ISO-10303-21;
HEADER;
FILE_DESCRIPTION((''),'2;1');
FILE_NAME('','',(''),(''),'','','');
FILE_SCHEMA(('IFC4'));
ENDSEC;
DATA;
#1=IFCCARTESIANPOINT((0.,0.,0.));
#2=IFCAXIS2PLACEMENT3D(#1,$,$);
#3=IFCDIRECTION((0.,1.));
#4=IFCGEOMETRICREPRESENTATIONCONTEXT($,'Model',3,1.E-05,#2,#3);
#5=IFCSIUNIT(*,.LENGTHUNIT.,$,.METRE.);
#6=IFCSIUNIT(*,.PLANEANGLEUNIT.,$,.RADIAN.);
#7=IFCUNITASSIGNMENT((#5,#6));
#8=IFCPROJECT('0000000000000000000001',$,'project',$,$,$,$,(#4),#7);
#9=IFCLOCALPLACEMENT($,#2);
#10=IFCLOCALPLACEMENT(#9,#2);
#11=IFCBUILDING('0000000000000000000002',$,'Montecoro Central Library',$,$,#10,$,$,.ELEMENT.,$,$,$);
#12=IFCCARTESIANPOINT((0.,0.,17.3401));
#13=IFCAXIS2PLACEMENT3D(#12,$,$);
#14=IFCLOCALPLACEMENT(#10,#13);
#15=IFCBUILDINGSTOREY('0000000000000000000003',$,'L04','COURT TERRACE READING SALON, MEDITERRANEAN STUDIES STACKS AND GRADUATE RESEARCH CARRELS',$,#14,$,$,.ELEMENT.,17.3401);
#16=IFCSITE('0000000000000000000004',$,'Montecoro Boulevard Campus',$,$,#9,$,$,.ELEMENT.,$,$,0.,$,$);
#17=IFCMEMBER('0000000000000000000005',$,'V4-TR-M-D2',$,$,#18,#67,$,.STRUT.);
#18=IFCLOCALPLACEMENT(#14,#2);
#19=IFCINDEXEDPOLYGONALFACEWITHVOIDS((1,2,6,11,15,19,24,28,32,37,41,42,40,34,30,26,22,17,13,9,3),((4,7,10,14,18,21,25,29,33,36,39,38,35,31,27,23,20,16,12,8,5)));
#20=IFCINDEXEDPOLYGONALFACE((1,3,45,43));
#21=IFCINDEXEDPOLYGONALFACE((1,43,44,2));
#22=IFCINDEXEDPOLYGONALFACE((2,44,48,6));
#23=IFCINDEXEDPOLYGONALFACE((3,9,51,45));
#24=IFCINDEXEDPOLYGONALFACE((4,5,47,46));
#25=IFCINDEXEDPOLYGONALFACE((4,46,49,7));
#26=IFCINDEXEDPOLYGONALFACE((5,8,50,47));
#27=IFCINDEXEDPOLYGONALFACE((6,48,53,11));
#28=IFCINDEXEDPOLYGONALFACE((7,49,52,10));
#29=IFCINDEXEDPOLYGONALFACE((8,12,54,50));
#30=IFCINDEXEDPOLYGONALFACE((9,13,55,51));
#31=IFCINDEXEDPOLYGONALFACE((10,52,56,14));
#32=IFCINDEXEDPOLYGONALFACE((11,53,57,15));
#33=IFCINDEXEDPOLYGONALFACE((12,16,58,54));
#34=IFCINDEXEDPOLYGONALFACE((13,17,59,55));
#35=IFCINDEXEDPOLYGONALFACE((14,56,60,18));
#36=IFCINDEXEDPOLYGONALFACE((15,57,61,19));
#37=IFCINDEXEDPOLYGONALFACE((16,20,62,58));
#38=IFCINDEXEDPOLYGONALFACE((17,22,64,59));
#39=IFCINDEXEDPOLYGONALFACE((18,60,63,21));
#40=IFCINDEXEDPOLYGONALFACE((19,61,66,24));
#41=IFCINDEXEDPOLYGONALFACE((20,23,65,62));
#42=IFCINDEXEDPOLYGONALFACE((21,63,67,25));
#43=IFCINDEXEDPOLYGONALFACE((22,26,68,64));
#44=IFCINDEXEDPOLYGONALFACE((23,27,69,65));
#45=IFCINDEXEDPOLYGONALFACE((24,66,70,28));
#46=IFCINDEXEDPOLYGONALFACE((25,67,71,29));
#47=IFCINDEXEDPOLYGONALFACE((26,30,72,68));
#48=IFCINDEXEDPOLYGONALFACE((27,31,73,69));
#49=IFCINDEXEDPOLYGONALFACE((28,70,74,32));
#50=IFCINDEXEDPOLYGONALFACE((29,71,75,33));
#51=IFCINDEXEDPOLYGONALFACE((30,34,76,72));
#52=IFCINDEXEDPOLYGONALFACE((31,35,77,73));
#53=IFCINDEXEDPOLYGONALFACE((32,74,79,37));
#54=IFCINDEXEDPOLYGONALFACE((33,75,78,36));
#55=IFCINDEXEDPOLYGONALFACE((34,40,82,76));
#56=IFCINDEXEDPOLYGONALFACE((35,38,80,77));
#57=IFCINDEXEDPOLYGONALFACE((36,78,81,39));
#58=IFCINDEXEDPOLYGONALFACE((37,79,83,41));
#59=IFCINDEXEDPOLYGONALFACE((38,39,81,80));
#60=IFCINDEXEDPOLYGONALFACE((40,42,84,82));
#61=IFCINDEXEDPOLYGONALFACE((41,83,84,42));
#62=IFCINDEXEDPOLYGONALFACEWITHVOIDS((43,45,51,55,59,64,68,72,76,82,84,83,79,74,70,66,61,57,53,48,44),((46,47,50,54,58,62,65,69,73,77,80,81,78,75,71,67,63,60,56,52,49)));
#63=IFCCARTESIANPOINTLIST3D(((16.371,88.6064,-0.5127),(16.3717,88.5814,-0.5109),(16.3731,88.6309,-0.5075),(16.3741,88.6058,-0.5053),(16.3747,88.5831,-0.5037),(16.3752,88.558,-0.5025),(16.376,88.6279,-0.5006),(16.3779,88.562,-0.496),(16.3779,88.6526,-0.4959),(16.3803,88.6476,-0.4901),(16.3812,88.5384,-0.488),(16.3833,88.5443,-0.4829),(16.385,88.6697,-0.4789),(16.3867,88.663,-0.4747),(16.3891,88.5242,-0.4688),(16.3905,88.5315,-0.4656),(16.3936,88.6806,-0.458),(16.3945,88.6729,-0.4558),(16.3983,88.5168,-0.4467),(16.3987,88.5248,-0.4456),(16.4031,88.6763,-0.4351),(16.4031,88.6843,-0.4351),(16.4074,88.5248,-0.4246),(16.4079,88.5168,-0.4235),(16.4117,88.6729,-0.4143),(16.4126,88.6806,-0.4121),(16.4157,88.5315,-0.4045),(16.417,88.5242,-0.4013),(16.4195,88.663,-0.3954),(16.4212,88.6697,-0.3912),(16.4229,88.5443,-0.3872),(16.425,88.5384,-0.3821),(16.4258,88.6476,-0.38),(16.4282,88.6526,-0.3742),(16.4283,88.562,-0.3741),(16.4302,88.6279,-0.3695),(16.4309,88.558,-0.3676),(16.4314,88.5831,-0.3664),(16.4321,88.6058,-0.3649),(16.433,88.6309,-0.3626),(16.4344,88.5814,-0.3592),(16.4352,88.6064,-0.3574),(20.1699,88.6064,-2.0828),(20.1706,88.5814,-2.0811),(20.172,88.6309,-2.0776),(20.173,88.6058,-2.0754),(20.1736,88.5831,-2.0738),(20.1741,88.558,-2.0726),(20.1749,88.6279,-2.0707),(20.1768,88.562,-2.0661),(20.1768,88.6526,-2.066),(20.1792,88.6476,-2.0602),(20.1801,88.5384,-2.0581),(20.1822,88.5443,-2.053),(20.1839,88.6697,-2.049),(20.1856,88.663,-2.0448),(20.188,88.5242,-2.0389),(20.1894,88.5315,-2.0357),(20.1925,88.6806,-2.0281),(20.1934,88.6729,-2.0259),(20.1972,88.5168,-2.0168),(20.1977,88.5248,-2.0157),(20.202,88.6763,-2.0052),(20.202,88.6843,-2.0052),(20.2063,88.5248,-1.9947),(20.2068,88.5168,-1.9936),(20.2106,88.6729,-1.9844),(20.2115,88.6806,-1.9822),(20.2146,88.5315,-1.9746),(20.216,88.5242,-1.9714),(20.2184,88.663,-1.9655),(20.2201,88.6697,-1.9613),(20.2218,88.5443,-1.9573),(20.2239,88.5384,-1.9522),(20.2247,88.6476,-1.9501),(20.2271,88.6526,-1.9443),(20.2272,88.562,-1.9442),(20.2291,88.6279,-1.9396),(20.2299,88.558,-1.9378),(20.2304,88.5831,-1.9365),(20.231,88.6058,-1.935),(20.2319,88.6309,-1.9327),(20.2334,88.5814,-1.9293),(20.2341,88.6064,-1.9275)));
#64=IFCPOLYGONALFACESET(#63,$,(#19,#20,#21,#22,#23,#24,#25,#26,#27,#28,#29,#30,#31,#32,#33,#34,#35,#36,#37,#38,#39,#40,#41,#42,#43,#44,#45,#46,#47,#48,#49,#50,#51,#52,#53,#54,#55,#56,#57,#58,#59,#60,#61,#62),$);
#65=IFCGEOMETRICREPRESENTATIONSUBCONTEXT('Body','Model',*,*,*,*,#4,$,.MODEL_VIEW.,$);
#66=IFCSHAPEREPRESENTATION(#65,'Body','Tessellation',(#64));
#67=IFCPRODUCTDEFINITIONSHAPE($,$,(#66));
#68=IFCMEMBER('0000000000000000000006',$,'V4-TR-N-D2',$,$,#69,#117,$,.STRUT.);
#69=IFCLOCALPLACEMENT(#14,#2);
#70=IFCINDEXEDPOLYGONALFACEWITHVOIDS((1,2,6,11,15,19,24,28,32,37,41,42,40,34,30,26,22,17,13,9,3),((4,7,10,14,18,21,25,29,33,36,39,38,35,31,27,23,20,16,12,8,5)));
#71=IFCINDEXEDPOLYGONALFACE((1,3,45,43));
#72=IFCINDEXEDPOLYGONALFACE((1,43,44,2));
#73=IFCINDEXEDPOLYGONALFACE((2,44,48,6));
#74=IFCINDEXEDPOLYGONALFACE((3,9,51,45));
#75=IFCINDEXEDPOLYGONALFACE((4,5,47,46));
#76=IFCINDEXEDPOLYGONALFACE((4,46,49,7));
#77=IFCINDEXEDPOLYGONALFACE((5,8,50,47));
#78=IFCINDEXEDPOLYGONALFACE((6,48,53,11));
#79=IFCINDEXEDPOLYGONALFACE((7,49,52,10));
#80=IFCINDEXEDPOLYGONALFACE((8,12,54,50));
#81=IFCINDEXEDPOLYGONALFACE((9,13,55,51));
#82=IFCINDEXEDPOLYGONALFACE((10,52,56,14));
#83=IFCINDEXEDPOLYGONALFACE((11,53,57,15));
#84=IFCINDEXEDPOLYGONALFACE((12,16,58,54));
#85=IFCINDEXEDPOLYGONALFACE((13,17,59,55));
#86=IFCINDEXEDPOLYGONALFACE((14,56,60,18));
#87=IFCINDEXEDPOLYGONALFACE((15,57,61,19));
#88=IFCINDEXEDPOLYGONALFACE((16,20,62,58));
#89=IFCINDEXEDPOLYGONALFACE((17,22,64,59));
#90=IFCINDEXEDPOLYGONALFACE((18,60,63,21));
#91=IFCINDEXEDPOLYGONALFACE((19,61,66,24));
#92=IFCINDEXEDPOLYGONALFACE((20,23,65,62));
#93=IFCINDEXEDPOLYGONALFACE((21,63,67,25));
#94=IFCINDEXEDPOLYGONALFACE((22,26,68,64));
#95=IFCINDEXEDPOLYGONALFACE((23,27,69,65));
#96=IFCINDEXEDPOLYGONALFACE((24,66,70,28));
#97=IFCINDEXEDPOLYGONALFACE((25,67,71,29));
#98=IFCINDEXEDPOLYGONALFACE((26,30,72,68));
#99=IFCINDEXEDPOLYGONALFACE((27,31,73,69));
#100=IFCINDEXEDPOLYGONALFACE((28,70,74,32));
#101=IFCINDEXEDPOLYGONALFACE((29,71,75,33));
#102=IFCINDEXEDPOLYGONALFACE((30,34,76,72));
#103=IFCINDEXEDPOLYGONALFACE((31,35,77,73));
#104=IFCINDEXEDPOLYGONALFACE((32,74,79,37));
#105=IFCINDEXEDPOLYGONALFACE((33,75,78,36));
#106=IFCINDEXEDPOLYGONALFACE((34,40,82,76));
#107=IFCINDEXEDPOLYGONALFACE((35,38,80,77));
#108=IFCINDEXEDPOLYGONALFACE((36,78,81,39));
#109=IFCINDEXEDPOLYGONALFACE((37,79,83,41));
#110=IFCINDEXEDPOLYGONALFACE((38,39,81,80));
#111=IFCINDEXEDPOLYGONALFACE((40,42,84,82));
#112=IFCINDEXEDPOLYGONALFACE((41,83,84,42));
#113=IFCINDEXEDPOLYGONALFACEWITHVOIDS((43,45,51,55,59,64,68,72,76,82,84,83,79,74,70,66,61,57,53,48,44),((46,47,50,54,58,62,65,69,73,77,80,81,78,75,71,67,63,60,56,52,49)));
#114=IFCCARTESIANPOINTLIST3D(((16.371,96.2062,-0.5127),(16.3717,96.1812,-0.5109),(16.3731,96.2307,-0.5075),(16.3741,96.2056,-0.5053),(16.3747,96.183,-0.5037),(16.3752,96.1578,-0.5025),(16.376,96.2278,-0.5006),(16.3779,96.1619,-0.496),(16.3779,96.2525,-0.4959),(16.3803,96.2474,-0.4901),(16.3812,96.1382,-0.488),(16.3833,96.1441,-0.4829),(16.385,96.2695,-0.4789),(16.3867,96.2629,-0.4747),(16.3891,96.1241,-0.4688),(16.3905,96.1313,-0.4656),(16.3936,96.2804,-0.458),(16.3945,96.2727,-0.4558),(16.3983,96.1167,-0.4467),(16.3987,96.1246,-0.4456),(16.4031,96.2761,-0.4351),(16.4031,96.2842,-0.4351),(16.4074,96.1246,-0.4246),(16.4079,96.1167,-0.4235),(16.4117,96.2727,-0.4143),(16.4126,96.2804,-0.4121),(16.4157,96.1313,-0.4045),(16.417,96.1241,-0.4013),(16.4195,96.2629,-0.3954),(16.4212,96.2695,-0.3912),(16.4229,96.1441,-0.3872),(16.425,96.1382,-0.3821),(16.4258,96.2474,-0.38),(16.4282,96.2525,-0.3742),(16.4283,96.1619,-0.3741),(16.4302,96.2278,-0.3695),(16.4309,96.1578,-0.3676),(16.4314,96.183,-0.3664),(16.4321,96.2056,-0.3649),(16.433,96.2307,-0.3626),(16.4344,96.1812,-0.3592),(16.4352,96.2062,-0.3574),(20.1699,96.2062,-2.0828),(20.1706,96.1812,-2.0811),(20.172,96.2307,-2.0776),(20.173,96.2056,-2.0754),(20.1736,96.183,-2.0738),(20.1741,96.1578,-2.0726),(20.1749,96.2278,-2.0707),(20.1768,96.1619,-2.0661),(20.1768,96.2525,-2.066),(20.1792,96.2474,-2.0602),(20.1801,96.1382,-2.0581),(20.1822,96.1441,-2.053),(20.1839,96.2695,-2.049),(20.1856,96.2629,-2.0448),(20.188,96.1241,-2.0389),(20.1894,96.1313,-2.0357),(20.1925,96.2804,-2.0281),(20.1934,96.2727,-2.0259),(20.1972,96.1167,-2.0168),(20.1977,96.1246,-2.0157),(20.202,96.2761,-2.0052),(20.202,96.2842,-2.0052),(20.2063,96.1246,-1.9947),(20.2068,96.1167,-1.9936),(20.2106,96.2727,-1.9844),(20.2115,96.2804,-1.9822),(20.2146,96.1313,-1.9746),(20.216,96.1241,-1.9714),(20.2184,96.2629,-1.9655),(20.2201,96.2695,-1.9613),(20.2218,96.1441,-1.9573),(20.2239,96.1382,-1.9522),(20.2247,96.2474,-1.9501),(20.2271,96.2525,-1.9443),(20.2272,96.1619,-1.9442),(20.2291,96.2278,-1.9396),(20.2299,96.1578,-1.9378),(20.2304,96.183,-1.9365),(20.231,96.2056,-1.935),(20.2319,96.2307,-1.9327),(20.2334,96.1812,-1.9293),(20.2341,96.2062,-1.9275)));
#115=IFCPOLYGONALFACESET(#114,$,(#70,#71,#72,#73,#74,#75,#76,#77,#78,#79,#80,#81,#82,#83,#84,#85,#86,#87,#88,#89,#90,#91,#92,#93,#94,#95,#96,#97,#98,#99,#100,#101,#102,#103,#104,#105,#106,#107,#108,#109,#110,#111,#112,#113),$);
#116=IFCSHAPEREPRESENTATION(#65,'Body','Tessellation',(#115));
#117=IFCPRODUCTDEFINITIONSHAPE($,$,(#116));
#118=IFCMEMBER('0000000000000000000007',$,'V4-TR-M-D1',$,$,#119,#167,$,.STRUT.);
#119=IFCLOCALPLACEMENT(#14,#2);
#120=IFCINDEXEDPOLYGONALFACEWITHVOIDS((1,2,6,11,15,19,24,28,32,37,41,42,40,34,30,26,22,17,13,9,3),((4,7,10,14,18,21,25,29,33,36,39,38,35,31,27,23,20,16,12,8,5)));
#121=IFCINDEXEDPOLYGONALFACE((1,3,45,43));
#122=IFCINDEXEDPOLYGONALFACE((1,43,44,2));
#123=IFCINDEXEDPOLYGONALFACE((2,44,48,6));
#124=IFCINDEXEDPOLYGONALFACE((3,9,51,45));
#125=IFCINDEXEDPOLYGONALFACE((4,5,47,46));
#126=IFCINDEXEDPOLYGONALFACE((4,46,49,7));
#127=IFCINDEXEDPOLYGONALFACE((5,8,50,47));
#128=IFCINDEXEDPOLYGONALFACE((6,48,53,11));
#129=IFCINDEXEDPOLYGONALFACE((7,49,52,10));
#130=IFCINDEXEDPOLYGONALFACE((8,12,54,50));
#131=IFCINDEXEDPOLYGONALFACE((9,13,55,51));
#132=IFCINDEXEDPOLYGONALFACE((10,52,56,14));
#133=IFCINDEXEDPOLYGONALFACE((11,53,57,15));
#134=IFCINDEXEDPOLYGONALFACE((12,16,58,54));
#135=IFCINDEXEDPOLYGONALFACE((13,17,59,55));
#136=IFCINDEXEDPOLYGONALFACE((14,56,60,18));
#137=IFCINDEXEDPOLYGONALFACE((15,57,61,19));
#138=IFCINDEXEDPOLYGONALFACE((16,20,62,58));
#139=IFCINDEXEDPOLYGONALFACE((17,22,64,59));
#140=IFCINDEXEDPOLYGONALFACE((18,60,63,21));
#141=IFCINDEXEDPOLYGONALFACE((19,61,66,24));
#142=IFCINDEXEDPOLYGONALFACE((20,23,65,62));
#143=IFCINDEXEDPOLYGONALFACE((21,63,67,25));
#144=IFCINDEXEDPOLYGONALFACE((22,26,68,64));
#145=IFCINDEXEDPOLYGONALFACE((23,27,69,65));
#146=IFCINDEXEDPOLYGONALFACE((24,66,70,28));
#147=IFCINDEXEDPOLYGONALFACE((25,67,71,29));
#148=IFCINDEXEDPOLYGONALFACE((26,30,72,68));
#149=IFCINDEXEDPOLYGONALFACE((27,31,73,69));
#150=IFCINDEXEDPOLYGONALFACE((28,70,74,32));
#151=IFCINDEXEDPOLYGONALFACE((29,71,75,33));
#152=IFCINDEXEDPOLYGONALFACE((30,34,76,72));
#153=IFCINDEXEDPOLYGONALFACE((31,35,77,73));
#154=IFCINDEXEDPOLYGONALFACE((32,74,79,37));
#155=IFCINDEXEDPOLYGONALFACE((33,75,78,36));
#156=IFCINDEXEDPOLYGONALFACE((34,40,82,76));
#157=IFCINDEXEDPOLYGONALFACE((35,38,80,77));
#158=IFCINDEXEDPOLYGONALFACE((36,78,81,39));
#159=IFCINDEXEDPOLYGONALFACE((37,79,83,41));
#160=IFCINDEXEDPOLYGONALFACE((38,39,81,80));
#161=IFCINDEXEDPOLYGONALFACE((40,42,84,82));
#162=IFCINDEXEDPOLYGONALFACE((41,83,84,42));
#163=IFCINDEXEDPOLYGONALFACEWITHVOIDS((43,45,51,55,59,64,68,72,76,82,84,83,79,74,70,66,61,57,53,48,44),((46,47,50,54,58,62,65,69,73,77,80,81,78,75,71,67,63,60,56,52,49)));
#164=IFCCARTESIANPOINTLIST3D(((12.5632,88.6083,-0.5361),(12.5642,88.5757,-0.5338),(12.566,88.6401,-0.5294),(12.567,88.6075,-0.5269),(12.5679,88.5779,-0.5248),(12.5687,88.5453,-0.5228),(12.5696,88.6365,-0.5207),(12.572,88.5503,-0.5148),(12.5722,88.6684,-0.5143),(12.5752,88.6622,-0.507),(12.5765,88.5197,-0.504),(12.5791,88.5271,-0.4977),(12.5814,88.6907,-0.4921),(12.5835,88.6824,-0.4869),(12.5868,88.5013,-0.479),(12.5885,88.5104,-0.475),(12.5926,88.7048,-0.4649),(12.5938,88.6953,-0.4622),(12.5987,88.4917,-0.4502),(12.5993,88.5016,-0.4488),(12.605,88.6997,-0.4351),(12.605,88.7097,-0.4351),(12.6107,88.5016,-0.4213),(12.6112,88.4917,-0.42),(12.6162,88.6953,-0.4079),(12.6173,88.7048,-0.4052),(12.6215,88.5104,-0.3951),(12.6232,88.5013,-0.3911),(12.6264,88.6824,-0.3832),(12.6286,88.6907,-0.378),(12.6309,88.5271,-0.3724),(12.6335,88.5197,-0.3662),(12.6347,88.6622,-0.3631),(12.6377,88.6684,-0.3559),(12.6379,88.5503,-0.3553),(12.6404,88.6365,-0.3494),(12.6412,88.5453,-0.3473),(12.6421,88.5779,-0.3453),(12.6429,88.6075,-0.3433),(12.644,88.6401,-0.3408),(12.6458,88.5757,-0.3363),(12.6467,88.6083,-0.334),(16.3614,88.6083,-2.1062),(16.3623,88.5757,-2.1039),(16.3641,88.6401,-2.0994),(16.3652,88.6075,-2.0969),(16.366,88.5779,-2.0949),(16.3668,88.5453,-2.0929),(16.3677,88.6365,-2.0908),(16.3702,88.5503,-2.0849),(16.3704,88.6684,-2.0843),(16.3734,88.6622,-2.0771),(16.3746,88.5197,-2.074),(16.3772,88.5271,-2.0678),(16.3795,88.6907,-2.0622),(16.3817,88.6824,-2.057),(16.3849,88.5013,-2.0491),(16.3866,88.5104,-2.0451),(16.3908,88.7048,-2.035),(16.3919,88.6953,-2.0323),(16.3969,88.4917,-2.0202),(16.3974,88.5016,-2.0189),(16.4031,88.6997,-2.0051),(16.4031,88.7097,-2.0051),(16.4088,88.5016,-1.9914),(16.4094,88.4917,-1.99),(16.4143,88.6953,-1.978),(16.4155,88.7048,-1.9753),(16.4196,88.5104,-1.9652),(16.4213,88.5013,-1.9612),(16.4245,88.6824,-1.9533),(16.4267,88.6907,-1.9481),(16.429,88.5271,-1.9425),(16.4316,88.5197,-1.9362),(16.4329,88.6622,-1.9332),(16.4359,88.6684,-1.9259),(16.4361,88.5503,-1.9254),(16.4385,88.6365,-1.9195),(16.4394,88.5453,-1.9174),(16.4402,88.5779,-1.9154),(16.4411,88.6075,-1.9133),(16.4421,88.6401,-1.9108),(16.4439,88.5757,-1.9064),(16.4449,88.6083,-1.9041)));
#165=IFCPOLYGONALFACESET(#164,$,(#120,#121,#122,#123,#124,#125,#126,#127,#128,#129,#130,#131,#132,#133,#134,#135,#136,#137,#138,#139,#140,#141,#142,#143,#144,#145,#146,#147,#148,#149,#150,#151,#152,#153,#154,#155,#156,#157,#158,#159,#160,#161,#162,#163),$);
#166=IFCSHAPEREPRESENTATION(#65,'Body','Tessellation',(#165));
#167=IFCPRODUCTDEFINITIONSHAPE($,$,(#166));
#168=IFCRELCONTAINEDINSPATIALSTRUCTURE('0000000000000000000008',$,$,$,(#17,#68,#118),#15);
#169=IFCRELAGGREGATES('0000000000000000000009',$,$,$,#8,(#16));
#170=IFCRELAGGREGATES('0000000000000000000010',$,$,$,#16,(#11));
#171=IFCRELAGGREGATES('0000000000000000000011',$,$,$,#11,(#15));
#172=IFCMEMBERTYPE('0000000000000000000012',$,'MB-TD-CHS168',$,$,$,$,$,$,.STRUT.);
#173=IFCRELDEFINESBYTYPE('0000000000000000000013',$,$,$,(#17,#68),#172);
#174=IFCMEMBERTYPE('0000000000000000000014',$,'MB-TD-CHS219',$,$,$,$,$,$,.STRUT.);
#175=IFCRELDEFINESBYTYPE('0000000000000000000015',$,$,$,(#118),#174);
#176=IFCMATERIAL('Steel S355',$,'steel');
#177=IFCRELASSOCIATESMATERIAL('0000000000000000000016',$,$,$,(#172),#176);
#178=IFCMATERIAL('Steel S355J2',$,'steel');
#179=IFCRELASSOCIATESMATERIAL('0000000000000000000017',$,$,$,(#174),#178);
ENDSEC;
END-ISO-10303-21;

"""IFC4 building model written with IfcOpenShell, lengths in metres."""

from ifc_helpers import new_model, si_unit, direction, frame, origin, origin_2d, place, context, subcontext, project, spatial, hollow_circle, extrude, material, material_profile, profile_set, type_object, element, save


model = new_model("IFC4")

# Units and contexts
model_context = context("Model", 3, precision=1e-05, world=origin(), true_north=direction((0.0, 1.0)))
body_context = subcontext(model_context, "Body", "Model", "MODEL_VIEW")
ifc_project = project(units=[si_unit("LENGTHUNIT", "METRE"), si_unit("PLANEANGLEUNIT", "RADIAN")], contexts=[model_context])

# Site, building, storey
site_placement = place(None, origin())
site = spatial("IfcSite", under=ifc_project, at=site_placement, Name="Montecoro Boulevard Campus", CompositionType="ELEMENT", RefElevation=0.0)
building_placement = place(site_placement, origin())
building = spatial("IfcBuilding", under=site, at=building_placement, Name="Montecoro Central Library", CompositionType="ELEMENT")
storey_placement = place(building_placement, frame((0.0, 0.0, 17.3401)))
storey = spatial("IfcBuildingStorey", under=building, at=storey_placement, Name="L04", Description="COURT TERRACE READING SALON, MEDITERRANEAN STUDIES STACKS AND GRADUATE RESEARCH CARRELS", CompositionType="ELEMENT", Elevation=17.3401)

# Shared definitions
ifc_material_1 = material(Name="Steel S355", Category="steel")

# Members
ifc_material_2 = material(Name="Steel S355J2", Category="steel")
ifc_material_profile_1 = material_profile(ifc_material_1, hollow_circle(Radius=0.0842, WallThickness=0.0081, at=origin_2d()), Name="CHS 168.3x8.0")
ifc_profile_set_1 = profile_set([ifc_material_profile_1], Name="Steel S355")
member_type_1 = type_object("IfcMemberType", Name="MB-TD-CHS168", PredefinedType="STRUT", material=ifc_profile_set_1)
for number, where, z_axis, x_axis, name in (
    (1, (16.4031, 88.6001, -0.4351), (0.924177, 0.0, -0.381965), (0.0, 1.0, 0.0), "V4-TR-M-D2"),
    (2, (16.4031, 96.2, -0.4351), (0.924177, 0.0, -0.381965), (0.0, 1.0, 0.0), "V4-TR-N-D2"),
):
    element("IfcMember", number, at=place(storey_placement, frame(where, z_axis=z_axis, x_axis=x_axis)), inside=storey, type_object=member_type_1, Name=name, PredefinedType="STRUT", context=body_context, shape_type="SweptSolid", body=[
        extrude(hollow_circle(Radius=0.0842, WallThickness=0.0081, at=origin_2d()), origin(), (0.0, 0.0, 1.0), 4.1106),
    ])
ifc_material_profile_2 = material_profile(ifc_material_2, hollow_circle(Radius=0.1096, WallThickness=0.01, at=origin_2d()), Name="CHS 219.1x10.0")
ifc_profile_set_2 = profile_set([ifc_material_profile_2], Name="Steel S355J2")
member_type_2 = type_object("IfcMemberType", Name="MB-TD-CHS219", PredefinedType="STRUT", material=ifc_profile_set_2)
for number, where, z_axis, x_axis, name in (
    (3, (12.605, 88.6001, -0.4351), (0.924151, 0.0, -0.382028), (0.0, 1.0, 0.0), "V4-TR-M-D1"),
):
    element("IfcMember", number, at=place(storey_placement, frame(where, z_axis=z_axis, x_axis=x_axis)), inside=storey, type_object=member_type_2, Name=name, PredefinedType="STRUT", context=body_context, shape_type="SweptSolid", body=[
        extrude(hollow_circle(Radius=0.1096, WallThickness=0.01, at=origin_2d()), origin(), (0.0, 0.0, 1.0), 4.1099),
    ])

save(model, "model.ifc")
